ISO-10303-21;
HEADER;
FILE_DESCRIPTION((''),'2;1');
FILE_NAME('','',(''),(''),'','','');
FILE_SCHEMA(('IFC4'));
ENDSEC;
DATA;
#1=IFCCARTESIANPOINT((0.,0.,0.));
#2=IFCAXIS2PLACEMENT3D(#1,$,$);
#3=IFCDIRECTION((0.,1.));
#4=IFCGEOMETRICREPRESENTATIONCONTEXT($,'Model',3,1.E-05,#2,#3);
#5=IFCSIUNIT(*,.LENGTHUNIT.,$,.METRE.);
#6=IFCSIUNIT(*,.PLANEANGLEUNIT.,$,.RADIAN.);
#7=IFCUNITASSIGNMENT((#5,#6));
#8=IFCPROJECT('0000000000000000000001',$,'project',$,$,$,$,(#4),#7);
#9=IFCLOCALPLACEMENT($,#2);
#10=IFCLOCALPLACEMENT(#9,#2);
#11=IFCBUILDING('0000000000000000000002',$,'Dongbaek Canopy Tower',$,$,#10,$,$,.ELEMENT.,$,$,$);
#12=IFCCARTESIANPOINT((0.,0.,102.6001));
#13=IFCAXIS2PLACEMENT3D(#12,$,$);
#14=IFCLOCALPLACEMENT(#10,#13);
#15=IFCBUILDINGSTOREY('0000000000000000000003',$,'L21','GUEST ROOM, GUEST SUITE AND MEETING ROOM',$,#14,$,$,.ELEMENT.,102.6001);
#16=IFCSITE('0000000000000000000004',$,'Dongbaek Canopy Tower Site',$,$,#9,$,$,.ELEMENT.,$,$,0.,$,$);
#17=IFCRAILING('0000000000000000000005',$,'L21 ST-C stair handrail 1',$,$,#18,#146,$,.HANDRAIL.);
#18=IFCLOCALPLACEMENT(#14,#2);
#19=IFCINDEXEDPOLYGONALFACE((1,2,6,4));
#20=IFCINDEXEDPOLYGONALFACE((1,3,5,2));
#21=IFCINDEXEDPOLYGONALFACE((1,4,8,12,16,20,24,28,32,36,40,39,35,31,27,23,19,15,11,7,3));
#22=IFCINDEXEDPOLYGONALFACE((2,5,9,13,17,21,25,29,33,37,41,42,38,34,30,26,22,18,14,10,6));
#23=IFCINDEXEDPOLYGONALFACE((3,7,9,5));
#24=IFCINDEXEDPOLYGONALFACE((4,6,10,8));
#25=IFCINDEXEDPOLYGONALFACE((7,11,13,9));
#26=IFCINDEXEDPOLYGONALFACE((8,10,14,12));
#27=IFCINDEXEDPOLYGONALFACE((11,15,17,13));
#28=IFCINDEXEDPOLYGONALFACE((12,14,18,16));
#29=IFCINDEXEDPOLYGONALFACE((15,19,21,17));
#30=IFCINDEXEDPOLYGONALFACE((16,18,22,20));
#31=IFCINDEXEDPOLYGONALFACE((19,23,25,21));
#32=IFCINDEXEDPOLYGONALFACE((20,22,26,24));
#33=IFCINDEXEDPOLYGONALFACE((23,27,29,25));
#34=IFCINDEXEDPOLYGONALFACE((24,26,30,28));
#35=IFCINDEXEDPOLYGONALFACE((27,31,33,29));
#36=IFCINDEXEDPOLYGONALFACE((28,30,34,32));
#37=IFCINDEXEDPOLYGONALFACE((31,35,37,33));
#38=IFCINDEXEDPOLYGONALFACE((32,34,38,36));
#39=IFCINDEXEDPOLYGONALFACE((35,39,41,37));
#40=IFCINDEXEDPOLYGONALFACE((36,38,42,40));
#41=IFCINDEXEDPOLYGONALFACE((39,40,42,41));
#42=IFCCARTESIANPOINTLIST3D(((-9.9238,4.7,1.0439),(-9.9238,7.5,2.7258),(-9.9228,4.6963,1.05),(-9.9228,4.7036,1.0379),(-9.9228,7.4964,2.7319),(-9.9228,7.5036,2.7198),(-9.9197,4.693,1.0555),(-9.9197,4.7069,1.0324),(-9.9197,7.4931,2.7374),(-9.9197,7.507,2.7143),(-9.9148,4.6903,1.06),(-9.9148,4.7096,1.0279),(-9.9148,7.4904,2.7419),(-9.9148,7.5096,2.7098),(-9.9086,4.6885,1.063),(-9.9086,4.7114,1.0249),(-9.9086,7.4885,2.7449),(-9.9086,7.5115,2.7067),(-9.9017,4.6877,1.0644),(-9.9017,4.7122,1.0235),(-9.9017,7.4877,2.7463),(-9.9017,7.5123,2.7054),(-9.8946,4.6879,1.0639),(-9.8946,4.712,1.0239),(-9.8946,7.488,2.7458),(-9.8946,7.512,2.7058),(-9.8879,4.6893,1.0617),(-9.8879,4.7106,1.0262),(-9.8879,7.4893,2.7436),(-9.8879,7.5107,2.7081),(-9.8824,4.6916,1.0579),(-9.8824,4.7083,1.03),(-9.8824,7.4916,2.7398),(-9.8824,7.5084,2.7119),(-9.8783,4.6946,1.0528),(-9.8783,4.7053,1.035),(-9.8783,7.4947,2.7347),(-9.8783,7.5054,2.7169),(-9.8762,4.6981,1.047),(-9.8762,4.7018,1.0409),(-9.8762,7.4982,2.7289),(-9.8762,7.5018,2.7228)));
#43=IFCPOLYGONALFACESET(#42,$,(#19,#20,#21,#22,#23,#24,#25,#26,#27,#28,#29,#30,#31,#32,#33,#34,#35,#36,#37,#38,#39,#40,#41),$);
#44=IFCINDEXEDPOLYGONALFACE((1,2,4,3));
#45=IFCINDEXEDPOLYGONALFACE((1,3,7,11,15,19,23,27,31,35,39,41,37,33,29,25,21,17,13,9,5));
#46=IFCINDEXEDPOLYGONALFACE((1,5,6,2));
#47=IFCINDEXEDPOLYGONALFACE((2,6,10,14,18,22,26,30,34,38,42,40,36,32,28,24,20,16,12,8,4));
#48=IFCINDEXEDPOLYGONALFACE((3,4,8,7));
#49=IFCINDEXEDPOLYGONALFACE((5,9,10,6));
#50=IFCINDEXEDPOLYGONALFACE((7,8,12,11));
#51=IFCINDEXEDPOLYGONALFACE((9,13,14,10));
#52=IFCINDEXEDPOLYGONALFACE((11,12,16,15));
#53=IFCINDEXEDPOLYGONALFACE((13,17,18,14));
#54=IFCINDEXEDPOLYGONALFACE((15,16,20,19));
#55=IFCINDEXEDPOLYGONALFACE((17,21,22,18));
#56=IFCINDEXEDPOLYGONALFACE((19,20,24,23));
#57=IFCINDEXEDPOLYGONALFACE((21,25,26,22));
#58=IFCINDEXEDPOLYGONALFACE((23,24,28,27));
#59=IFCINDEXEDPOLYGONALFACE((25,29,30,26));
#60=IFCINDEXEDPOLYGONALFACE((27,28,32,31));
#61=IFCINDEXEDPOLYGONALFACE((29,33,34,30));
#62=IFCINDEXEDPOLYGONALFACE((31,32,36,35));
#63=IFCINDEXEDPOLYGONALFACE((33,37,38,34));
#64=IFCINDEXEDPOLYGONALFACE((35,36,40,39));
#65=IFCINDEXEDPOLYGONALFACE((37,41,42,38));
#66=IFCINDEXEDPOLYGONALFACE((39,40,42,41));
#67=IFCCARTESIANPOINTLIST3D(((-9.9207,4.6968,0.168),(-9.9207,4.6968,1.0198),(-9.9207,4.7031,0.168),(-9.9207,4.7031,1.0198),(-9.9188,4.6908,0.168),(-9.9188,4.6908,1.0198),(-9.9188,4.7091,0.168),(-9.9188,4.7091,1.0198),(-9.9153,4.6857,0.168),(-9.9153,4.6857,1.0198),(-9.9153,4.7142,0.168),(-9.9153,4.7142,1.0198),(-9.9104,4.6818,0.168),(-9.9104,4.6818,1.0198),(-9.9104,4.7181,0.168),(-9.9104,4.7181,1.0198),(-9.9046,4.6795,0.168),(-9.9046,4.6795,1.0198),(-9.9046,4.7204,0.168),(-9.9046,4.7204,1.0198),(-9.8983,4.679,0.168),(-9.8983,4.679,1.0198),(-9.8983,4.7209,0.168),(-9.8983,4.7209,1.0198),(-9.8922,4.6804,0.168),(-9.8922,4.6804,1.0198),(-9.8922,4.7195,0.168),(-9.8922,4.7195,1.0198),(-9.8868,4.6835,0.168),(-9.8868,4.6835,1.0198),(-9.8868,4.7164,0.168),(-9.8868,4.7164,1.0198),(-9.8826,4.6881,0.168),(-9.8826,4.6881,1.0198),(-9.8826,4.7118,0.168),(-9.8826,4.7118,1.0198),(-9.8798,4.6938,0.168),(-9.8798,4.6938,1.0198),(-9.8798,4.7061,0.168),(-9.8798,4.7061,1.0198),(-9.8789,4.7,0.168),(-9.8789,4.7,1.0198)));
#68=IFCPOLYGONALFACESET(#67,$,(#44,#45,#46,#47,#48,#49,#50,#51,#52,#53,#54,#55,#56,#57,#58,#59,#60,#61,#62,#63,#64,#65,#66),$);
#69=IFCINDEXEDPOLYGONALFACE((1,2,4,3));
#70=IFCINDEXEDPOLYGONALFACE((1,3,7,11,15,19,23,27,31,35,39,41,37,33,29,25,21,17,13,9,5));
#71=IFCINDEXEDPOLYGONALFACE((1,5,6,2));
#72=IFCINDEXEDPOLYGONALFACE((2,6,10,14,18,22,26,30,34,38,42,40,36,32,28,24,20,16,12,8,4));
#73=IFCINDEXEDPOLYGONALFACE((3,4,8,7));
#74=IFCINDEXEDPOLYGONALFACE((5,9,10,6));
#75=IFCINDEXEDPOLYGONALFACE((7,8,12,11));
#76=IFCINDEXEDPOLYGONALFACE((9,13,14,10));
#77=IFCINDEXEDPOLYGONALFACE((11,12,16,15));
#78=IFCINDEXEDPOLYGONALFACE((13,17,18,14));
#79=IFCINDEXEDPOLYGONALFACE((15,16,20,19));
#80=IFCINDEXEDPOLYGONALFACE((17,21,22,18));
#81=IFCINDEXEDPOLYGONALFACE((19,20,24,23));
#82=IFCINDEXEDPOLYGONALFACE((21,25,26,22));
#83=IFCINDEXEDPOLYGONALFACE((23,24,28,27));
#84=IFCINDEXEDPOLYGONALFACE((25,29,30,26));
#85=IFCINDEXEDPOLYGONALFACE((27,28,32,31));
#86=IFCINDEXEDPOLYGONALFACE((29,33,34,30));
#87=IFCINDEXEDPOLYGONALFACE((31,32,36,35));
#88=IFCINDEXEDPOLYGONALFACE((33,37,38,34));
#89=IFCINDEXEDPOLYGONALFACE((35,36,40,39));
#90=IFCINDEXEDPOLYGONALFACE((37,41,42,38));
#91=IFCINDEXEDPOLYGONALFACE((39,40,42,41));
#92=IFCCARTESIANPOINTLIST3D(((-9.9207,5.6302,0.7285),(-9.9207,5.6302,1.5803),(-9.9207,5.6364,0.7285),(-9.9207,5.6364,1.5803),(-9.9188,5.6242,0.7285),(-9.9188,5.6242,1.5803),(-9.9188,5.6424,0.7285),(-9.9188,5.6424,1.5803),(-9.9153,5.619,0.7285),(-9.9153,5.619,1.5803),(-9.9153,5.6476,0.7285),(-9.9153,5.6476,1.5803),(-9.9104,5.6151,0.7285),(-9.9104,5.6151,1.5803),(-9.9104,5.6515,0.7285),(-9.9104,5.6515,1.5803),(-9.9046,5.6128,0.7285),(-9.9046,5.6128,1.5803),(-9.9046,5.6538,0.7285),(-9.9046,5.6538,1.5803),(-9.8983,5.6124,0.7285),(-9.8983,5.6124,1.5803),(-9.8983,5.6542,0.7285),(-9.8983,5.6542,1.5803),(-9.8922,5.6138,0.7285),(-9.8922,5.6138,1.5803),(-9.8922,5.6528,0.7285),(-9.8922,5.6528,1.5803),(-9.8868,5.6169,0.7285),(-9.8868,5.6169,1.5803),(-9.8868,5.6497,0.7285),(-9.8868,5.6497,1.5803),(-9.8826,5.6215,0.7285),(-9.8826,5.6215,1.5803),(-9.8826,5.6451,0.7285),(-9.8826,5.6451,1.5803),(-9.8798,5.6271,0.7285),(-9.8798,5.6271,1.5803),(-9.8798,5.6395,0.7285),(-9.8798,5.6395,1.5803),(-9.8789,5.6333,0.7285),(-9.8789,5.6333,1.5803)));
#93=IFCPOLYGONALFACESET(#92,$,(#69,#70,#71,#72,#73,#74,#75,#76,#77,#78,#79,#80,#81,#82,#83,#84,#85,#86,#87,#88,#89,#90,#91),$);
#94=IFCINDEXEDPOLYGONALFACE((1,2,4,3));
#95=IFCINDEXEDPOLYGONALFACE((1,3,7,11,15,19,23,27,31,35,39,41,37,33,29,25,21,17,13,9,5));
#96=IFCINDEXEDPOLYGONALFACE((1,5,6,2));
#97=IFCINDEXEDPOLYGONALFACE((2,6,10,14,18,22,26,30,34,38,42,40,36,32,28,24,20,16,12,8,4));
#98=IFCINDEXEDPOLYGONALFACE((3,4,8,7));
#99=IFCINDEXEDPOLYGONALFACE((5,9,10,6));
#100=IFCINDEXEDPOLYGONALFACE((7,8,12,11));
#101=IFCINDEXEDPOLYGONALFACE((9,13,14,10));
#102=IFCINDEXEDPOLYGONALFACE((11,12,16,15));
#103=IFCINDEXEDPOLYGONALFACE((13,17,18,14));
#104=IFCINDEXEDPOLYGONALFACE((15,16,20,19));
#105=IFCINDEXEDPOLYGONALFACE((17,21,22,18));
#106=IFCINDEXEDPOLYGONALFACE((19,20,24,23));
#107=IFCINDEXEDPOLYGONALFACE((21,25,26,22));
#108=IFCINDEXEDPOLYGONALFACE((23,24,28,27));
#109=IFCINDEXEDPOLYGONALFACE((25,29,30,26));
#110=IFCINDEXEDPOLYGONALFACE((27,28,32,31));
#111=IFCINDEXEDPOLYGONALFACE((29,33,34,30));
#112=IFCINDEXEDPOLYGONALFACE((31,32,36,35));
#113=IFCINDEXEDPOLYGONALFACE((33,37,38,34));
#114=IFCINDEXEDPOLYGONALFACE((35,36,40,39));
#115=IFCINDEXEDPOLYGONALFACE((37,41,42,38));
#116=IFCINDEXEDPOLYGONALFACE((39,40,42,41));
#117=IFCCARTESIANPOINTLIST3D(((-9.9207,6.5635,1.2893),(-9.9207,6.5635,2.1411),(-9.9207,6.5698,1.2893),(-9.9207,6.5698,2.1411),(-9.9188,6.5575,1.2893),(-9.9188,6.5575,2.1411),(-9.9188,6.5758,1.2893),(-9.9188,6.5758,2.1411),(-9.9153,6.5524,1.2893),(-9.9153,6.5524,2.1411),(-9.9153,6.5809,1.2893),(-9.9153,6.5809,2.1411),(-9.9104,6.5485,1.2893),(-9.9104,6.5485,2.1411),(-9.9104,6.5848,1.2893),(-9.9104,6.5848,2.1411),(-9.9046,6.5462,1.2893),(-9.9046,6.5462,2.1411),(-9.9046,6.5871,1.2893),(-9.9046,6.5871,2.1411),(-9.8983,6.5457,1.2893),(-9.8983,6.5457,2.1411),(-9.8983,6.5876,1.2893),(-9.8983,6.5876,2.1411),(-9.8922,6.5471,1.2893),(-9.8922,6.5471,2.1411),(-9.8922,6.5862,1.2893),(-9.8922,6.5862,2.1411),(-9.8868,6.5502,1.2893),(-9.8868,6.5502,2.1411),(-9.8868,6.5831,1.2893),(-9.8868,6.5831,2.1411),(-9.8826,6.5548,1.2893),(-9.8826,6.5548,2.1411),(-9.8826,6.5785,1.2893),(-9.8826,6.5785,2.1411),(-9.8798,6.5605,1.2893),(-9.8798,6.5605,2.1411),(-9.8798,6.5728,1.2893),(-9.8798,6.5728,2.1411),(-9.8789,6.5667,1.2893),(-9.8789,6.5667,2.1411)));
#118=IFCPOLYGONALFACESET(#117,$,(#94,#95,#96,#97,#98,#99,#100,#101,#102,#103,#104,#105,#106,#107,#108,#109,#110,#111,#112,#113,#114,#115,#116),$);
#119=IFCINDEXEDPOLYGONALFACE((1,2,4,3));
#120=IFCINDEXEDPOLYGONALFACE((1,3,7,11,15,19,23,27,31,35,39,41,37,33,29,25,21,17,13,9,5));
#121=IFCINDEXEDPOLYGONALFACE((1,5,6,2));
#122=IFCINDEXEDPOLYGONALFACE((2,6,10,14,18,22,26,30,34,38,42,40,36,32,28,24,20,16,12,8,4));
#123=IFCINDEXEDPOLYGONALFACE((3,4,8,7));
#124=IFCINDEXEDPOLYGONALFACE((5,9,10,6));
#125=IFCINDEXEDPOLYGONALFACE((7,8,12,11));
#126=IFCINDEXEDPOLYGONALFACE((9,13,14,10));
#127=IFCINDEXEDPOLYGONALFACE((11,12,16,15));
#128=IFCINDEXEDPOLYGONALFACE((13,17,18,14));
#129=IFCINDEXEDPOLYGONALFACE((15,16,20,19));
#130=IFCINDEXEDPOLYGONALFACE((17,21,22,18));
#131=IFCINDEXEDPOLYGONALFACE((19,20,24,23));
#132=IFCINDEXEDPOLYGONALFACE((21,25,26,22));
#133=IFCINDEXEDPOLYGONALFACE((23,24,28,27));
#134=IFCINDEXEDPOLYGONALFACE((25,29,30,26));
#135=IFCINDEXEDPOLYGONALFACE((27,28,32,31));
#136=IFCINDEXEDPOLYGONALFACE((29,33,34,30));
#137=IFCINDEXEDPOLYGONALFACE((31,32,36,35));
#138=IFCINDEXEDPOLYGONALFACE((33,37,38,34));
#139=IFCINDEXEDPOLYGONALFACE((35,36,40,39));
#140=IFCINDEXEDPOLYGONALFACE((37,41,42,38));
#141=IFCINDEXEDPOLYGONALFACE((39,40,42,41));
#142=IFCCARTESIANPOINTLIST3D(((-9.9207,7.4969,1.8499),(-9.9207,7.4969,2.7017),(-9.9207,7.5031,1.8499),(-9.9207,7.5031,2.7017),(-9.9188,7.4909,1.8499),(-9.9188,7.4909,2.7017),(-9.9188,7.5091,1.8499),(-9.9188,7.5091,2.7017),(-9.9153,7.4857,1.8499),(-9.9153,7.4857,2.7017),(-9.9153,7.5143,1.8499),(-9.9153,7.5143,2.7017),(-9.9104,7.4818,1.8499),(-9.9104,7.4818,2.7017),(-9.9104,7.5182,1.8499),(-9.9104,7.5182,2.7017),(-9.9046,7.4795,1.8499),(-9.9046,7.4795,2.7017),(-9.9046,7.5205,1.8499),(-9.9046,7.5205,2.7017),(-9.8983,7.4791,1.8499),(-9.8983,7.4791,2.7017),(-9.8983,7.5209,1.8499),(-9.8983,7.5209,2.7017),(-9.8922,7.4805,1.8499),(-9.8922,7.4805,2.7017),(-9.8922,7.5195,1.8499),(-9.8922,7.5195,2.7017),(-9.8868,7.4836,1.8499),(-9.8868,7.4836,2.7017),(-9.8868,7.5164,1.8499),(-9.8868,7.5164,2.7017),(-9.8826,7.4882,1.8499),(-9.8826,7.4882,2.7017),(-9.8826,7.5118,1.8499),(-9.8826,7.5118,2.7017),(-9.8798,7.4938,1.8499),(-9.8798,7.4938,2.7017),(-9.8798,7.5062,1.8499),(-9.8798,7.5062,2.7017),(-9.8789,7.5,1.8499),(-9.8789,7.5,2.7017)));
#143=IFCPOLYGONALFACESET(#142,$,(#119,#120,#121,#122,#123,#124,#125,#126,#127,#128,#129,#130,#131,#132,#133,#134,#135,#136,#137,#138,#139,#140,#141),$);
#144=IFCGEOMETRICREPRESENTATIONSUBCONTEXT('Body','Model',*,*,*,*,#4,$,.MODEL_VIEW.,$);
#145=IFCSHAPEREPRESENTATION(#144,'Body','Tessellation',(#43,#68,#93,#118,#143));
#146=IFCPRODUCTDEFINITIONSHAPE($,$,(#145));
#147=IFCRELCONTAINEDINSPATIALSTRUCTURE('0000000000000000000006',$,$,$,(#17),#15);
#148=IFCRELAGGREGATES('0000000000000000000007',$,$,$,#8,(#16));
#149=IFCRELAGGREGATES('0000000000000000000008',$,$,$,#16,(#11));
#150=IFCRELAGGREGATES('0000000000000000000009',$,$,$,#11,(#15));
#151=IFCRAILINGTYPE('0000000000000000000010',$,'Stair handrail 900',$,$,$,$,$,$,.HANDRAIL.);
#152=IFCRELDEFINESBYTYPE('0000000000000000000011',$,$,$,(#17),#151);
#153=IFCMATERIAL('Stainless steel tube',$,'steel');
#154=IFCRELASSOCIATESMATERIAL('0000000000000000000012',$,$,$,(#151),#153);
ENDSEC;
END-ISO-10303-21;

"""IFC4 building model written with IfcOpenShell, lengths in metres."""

from ifc_helpers import new_model, si_unit, direction, frame, origin, origin_2d, place, context, subcontext, project, spatial, circle, extrude, material, type_object, element, save


model = new_model("IFC4")

# Units and contexts
model_context = context("Model", 3, precision=1e-05, world=origin(), true_north=direction((0.0, 1.0)))
body_context = subcontext(model_context, "Body", "Model", "MODEL_VIEW")
ifc_project = project(units=[si_unit("LENGTHUNIT", "METRE"), si_unit("PLANEANGLEUNIT", "RADIAN")], contexts=[model_context])

# Site, building, storey
site_placement = place(None, origin())
site = spatial("IfcSite", under=ifc_project, at=site_placement, Name="Dongbaek Canopy Tower Site", CompositionType="ELEMENT", RefElevation=0.0)
building_placement = place(site_placement, origin())
building = spatial("IfcBuilding", under=site, at=building_placement, Name="Dongbaek Canopy Tower", CompositionType="ELEMENT")
storey_placement = place(building_placement, frame((0.0, 0.0, 102.6001)))
storey = spatial("IfcBuildingStorey", under=building, at=storey_placement, Name="L21", Description="GUEST ROOM, GUEST SUITE AND MEETING ROOM", CompositionType="ELEMENT", Elevation=102.6001)

# Railing
ifc_material_1 = material(Name="Stainless steel tube", Category="steel")
railing_type_1 = type_object("IfcRailingType", Name="Stair handrail 900", PredefinedType="HANDRAIL", material=ifc_material_1)
railing_1_placement = place(storey_placement, frame((-9.8999, 4.7, 0.168)))
element("IfcRailing", 1, at=railing_1_placement, inside=storey, type_object=railing_type_1, Name="L21 ST-C stair handrail 1", PredefinedType="HANDRAIL", context=body_context, shape_type="SweptSolid", body=[
    extrude(circle(Radius=0.0239, at=origin_2d()), frame((0.0, 0.0, 0.876), z_axis=(0.0, 0.857242, 0.514913), x_axis=(-1.0, 0.0, 0.0)), (0.0, 0.0, 1.0), 3.2664),
    extrude(circle(Radius=0.021, at=origin_2d()), origin(), (0.0, 0.0, 1.0), 0.8518),
    extrude(circle(Radius=0.021, at=origin_2d()), frame((0.0, 0.9333, 0.5605)), (0.0, 0.0, 1.0), 0.8518),
    extrude(circle(Radius=0.021, at=origin_2d()), frame((0.0, 1.8667, 1.1213)), (0.0, 0.0, 1.0), 0.8518),
    extrude(circle(Radius=0.021, at=origin_2d()), frame((0.0, 2.8, 1.6819)), (0.0, 0.0, 1.0), 0.8518),
])

save(model, "model.ifc")
